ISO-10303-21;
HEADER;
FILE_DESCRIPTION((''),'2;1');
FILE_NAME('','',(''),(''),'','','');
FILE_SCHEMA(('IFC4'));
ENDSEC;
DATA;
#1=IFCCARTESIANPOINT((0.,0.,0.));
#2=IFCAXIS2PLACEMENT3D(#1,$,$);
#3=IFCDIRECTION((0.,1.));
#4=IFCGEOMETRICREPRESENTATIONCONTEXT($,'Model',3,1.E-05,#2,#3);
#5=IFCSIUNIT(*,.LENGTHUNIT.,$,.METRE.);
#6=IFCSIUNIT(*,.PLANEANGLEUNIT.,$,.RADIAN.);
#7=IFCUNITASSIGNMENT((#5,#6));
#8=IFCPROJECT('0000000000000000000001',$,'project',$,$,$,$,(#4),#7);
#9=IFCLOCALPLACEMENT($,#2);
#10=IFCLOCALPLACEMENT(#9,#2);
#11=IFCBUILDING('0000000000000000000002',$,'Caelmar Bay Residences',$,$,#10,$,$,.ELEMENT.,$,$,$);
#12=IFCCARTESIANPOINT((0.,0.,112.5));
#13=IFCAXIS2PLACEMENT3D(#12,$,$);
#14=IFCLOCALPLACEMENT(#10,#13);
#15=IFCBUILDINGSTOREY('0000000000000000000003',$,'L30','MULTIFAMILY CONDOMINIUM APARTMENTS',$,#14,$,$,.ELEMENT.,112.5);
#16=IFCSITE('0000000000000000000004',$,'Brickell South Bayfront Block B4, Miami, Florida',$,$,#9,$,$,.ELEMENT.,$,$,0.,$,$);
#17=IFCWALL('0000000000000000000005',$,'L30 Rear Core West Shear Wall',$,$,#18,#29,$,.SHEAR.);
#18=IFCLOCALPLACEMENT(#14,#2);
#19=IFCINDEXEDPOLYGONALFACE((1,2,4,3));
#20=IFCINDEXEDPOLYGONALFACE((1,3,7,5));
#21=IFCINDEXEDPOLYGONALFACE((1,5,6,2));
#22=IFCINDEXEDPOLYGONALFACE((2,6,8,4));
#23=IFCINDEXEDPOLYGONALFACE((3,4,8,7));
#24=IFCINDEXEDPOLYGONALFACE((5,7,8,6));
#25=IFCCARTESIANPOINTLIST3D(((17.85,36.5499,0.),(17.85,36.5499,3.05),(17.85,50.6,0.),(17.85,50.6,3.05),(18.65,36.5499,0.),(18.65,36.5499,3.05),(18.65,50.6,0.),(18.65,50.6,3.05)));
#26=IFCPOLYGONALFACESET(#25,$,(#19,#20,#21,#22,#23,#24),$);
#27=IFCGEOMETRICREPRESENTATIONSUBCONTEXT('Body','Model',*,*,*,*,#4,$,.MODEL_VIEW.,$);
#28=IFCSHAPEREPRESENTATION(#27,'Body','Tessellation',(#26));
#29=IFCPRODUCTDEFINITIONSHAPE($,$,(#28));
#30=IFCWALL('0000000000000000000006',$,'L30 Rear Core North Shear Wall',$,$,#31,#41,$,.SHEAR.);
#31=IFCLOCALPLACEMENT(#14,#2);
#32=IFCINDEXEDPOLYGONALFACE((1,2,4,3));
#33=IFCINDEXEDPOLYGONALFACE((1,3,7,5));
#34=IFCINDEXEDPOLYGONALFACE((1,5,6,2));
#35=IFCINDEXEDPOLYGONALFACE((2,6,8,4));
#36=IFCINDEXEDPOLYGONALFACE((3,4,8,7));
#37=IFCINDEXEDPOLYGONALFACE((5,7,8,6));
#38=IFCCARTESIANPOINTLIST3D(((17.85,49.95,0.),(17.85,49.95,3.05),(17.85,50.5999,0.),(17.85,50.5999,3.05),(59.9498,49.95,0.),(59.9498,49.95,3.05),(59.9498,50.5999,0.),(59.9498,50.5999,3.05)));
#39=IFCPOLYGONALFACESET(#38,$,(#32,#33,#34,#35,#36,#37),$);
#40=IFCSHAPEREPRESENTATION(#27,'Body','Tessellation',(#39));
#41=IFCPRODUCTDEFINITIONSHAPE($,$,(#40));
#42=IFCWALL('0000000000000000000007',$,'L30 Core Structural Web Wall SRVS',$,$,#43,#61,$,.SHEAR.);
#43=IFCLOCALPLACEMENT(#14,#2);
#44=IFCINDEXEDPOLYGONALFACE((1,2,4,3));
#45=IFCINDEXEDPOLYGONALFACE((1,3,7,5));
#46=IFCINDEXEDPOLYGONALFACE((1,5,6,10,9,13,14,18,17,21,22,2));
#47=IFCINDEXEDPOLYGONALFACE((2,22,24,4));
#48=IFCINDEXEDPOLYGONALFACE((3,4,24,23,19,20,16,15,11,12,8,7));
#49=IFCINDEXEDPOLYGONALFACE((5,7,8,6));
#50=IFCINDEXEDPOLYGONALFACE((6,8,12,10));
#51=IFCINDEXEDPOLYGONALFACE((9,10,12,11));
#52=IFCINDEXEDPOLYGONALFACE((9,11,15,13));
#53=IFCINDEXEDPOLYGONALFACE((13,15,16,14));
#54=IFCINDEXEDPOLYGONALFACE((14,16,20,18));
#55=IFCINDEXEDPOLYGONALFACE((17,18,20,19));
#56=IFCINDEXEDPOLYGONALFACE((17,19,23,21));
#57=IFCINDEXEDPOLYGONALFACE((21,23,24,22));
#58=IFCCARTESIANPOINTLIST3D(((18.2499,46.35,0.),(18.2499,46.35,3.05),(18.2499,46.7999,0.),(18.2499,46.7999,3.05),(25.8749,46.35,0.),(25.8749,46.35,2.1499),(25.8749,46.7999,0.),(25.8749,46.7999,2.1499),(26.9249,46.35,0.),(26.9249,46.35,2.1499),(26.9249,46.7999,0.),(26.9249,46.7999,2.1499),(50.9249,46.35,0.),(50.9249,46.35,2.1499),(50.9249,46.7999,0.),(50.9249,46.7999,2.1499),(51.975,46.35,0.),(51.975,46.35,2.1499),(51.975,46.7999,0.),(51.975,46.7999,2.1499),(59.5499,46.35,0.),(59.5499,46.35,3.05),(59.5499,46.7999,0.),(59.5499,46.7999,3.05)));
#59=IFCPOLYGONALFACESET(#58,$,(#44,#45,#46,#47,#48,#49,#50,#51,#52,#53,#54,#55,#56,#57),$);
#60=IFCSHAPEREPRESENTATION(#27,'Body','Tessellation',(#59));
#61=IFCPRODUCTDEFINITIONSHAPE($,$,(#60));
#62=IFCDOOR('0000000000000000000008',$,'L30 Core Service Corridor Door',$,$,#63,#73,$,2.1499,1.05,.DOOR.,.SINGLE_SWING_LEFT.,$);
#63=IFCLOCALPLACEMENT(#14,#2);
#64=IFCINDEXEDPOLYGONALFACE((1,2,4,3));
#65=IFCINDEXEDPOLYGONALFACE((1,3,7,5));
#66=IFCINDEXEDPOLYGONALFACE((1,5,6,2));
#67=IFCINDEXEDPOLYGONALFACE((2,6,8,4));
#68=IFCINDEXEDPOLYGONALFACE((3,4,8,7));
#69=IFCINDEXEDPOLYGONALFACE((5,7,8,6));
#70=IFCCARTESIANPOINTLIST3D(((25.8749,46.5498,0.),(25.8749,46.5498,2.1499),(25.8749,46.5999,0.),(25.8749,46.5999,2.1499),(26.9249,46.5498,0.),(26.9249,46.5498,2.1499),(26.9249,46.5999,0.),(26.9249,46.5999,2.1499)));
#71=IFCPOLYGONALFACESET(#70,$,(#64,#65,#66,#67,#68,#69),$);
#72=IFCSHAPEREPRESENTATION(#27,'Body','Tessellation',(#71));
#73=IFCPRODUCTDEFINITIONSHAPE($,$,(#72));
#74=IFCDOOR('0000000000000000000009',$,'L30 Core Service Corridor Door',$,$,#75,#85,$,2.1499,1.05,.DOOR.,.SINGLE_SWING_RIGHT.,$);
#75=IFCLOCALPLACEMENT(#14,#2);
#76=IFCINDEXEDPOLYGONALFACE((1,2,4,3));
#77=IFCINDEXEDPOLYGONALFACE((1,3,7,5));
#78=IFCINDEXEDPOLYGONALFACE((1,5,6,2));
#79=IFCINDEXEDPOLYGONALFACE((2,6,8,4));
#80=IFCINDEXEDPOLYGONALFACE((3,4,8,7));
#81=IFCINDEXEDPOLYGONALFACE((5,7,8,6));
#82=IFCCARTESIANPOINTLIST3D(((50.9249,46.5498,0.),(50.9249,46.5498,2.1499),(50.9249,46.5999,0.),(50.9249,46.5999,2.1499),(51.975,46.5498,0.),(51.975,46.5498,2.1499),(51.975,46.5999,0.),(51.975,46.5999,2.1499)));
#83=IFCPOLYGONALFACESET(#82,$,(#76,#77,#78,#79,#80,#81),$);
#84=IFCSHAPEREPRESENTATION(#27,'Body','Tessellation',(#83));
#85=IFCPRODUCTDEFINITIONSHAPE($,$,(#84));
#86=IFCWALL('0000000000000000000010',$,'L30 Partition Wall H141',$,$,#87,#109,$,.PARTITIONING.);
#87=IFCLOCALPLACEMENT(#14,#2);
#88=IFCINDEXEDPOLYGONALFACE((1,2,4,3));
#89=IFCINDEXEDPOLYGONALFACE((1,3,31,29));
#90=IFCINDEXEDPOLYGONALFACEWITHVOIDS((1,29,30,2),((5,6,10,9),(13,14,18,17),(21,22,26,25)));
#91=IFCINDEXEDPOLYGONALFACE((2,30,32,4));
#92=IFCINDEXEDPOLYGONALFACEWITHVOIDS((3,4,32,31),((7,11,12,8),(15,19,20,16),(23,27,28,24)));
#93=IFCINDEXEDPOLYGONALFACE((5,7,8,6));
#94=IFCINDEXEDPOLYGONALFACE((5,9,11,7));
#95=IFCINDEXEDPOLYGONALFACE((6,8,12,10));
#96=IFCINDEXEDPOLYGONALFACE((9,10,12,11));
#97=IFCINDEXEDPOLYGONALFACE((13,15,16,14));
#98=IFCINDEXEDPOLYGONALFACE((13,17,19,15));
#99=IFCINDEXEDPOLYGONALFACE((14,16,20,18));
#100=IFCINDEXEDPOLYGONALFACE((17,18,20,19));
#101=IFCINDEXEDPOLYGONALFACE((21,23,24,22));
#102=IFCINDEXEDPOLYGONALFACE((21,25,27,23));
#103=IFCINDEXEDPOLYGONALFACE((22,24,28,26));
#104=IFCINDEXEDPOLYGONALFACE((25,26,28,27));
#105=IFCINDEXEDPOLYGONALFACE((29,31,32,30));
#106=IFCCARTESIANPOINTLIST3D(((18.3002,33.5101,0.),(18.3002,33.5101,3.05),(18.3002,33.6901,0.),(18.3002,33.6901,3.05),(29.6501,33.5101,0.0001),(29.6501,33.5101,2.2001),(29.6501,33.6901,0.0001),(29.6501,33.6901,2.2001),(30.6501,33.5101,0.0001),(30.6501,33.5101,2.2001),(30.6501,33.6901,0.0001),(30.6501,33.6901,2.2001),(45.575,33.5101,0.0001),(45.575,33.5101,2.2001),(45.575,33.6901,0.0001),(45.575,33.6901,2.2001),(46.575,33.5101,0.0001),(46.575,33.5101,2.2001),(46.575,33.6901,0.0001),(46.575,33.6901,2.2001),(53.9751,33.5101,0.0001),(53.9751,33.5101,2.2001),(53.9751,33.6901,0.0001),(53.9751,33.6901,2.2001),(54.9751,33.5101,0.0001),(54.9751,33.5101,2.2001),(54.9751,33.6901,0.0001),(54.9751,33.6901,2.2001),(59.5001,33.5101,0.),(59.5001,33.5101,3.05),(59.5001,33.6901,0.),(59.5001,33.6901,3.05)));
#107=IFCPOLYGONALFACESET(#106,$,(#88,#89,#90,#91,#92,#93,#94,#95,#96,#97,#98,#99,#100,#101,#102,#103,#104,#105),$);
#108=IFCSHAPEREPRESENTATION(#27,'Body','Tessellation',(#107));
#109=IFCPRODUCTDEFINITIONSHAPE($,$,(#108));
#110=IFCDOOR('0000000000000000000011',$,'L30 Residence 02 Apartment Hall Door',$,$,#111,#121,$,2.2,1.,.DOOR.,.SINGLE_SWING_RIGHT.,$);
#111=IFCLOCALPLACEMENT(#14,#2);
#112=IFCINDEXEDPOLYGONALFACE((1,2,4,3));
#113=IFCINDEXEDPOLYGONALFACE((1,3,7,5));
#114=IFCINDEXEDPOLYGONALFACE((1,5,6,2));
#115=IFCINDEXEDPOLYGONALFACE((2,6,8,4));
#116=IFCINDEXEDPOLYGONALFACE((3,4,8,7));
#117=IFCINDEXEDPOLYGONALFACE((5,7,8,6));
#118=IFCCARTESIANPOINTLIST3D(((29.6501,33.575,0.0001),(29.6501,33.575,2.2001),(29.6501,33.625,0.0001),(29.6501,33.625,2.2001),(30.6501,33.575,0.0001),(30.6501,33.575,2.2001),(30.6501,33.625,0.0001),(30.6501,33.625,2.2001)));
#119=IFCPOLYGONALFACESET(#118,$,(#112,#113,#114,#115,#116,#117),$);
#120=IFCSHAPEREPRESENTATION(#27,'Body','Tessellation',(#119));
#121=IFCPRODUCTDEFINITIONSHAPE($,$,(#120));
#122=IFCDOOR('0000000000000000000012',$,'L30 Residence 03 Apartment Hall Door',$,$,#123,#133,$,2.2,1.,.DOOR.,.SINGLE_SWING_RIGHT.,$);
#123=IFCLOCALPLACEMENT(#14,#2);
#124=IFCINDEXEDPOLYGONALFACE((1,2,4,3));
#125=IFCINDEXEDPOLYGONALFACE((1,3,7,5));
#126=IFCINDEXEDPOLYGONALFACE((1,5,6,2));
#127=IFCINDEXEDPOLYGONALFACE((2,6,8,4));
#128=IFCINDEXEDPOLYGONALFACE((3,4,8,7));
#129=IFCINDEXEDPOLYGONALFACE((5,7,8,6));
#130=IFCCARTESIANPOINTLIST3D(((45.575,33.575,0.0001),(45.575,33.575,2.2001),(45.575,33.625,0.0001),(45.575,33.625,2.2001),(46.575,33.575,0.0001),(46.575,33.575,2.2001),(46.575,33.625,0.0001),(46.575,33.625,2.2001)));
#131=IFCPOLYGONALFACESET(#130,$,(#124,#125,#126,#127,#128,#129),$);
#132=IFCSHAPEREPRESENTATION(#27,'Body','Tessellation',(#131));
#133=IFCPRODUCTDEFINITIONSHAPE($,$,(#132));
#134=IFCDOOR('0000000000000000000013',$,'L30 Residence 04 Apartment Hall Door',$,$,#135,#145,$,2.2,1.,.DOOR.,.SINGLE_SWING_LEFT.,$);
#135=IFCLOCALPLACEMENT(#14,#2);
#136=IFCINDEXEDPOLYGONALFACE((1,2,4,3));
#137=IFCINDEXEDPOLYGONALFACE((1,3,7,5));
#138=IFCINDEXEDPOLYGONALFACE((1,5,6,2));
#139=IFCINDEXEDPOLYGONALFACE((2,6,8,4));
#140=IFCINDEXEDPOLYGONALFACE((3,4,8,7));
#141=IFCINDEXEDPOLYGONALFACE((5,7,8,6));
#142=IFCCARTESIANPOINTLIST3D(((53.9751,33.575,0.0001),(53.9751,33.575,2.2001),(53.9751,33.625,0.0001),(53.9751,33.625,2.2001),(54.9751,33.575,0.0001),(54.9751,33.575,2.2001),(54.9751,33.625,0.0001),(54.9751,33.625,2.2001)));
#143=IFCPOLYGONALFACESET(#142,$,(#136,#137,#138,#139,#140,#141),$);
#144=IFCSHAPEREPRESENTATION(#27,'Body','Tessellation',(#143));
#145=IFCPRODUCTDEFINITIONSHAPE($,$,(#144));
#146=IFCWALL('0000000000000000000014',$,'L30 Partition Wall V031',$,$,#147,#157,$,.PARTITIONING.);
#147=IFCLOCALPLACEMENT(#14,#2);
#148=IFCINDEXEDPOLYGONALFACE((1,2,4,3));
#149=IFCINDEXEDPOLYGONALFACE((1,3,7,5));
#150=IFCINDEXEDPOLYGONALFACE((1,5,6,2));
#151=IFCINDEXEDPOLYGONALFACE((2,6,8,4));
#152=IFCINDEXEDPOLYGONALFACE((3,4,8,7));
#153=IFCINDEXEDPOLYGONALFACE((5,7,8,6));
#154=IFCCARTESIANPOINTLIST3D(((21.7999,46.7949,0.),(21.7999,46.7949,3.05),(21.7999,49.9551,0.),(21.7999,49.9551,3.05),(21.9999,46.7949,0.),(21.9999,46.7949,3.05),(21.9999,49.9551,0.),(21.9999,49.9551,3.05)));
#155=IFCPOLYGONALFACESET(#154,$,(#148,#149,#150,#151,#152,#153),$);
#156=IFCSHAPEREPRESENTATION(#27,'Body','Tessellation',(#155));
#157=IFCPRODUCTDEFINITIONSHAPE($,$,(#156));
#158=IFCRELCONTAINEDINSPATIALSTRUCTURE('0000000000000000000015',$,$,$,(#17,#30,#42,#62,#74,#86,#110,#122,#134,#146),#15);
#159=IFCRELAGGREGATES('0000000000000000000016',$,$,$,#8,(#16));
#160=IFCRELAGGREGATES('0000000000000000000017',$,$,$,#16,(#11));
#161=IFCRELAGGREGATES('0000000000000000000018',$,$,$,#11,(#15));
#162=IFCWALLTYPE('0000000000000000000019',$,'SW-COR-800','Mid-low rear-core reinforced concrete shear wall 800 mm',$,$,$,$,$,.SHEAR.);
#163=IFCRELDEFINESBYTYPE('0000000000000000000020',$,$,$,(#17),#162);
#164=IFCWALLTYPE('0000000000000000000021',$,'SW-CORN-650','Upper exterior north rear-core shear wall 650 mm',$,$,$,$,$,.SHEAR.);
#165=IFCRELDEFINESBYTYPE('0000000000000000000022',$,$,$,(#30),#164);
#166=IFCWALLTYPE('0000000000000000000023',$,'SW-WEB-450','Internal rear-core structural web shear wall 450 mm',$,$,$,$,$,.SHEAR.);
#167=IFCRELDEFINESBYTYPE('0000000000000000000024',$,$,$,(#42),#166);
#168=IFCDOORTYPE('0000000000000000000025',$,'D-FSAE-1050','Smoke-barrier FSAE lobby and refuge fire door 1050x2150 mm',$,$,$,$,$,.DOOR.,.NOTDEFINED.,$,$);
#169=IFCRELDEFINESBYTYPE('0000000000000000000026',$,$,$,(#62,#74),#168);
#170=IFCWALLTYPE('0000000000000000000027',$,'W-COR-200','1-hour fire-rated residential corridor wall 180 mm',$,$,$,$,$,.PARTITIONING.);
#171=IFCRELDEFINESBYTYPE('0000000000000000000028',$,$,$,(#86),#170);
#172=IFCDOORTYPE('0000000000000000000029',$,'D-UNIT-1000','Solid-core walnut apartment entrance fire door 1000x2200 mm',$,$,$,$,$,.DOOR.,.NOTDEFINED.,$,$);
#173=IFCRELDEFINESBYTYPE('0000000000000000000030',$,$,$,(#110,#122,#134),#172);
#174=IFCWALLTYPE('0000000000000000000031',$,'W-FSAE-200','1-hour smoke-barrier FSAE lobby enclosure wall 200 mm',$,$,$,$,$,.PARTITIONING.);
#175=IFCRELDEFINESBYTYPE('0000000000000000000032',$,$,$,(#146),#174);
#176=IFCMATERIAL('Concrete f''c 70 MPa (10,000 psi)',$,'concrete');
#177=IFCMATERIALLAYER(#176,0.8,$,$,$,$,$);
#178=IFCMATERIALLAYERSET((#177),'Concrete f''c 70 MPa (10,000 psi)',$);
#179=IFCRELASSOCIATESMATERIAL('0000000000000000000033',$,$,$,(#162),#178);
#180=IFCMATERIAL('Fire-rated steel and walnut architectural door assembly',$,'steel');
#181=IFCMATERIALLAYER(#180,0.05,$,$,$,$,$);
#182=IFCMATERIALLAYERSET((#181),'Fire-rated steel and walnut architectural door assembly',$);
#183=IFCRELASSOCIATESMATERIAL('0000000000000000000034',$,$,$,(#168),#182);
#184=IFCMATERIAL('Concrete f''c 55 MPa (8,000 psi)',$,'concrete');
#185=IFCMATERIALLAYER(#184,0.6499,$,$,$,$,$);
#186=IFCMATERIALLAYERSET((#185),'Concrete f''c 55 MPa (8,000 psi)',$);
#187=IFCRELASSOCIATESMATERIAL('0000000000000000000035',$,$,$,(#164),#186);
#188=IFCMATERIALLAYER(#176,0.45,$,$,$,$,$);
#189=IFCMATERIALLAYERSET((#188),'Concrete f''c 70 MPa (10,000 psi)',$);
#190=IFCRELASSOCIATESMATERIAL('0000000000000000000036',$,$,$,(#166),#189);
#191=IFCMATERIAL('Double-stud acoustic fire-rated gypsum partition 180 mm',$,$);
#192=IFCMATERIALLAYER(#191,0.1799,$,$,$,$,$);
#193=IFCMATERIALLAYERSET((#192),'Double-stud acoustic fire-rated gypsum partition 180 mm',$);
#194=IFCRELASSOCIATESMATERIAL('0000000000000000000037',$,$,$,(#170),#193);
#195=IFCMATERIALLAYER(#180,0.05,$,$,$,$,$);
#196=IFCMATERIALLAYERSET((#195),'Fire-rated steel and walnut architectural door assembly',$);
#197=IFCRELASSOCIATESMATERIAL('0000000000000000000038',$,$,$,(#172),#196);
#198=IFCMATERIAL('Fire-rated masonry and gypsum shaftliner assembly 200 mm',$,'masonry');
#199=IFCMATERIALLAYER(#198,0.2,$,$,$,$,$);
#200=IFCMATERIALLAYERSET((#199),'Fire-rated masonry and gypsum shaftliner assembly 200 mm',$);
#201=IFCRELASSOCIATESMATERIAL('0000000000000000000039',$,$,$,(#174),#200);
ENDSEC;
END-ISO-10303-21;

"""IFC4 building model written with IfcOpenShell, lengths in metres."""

from ifc_helpers import new_model, si_unit, direction, frame, frame_2d, origin, place, context, subcontext, project, spatial, rectangle, extrude, material, layer, layer_set, type_object, element, fill, save


model = new_model("IFC4")

# Units and contexts
model_context = context("Model", 3, precision=1e-05, world=origin(), true_north=direction((0.0, 1.0)))
body_context = subcontext(model_context, "Body", "Model", "MODEL_VIEW")
ifc_project = project(units=[si_unit("LENGTHUNIT", "METRE"), si_unit("PLANEANGLEUNIT", "RADIAN")], contexts=[model_context])

# Site, building, storey
site_placement = place(None, origin())
site = spatial("IfcSite", under=ifc_project, at=site_placement, Name="Brickell South Bayfront Block B4, Miami, Florida", CompositionType="ELEMENT", RefElevation=0.0)
building_placement = place(site_placement, origin())
building = spatial("IfcBuilding", under=site, at=building_placement, Name="Caelmar Bay Residences", CompositionType="ELEMENT")
storey_placement = place(building_placement, frame((0.0, 0.0, 112.5)))
storey = spatial("IfcBuildingStorey", under=building, at=storey_placement, Name="L30", Description="MULTIFAMILY CONDOMINIUM APARTMENTS", CompositionType="ELEMENT", Elevation=112.5)

# Shared definitions
ifc_material_1 = material(Name="Concrete f'c 55 MPa (8,000 psi)", Category="concrete")
ifc_material_2 = material(Name="Fire-rated steel and walnut architectural door assembly", Category="steel")

# Shared definitions
ifc_material_3 = material(Name="Concrete f'c 70 MPa (10,000 psi)", Category="concrete")
ifc_layer_1 = layer(ifc_material_3, 0.8)
ifc_layer_set_1 = layer_set([ifc_layer_1], Name="Concrete f'c 70 MPa (10,000 psi)")
wall_type_1 = type_object("IfcWallType", Name="SW-COR-800", Description="Mid-low rear-core reinforced concrete shear wall 800 mm", PredefinedType="SHEAR", material=ifc_layer_set_1)
ifc_layer_2 = layer(ifc_material_2, 0.05)
ifc_layer_set_2 = layer_set([ifc_layer_2], Name="Fire-rated steel and walnut architectural door assembly")
door_type_1 = type_object("IfcDoorType", Name="D-FSAE-1050", Description="Smoke-barrier FSAE lobby and refuge fire door 1050x2150 mm", OperationType="NOTDEFINED", PredefinedType="DOOR", material=ifc_layer_set_2)

# Walls
wall_1_placement = place(storey_placement, frame((18.25, 36.55, 0.0), z_axis=(0.0, 0.0, 1.0), x_axis=(0.0, 1.0, 0.0)))
element("IfcWall", 1, at=wall_1_placement, inside=storey, type_object=wall_type_1, Name="L30 Rear Core West Shear Wall", PredefinedType="SHEAR", context=body_context, shape_type="SweptSolid", body=[
    extrude(rectangle(XDim=14.05, YDim=0.8, at=frame_2d((7.0249, 0.0))), origin(), (0.0, 0.0, 1.0), 3.05),
])
ifc_layer_3 = layer(ifc_material_1, 0.6499)
ifc_layer_set_3 = layer_set([ifc_layer_3], Name="Concrete f'c 55 MPa (8,000 psi)")
wall_type_2 = type_object("IfcWallType", Name="SW-CORN-650", Description="Upper exterior north rear-core shear wall 650 mm", PredefinedType="SHEAR", material=ifc_layer_set_3)
wall_2_placement = place(storey_placement, frame((17.8501, 50.2749, 0.0), z_axis=(0.0, 0.0, 1.0), x_axis=(1.0, 0.0, 0.0)))
element("IfcWall", 2, at=wall_2_placement, inside=storey, type_object=wall_type_2, Name="L30 Rear Core North Shear Wall", PredefinedType="SHEAR", context=body_context, shape_type="SweptSolid", body=[
    extrude(rectangle(XDim=42.0999, YDim=0.6499, at=frame_2d((21.0498, 0.0))), origin(), (0.0, 0.0, 1.0), 3.05),
])

# Walls, openings, doors
ifc_layer_4 = layer(ifc_material_3, 0.45)
ifc_layer_set_4 = layer_set([ifc_layer_4], Name="Concrete f'c 70 MPa (10,000 psi)")
wall_type_3 = type_object("IfcWallType", Name="SW-WEB-450", Description="Internal rear-core structural web shear wall 450 mm", PredefinedType="SHEAR", material=ifc_layer_set_4)
wall_3_placement = place(storey_placement, frame((18.25, 46.575, 0.0), z_axis=(0.0, 0.0, 1.0), x_axis=(1.0, 0.0, 0.0)))
wall_3 = element("IfcWall", 3, at=wall_3_placement, inside=storey, type_object=wall_type_3, Name="L30 Core Structural Web Wall SRVS", PredefinedType="SHEAR", context=body_context, shape_type="SweptSolid", body=[
    extrude(rectangle(XDim=41.3, YDim=0.45, at=frame_2d((20.6499, 0.0))), origin(), (0.0, 0.0, 1.0), 3.05),
])
opening_1_placement = place(wall_3_placement, frame((7.625, 0.0, 0.0)))
opening_1 = element("IfcOpeningElement", 4, at=opening_1_placement, cuts=wall_3, PredefinedType="OPENING", context=body_context, shape_type="SweptSolid", body=[
    extrude(rectangle(XDim=1.05, YDim=2.1499, at=frame_2d((0.5249, 1.075))), frame((0.0, 0.2349, 0.0), z_axis=(0.0, -1.0, 0.0), x_axis=(1.0, 0.0, 0.0)), (0.0, 0.0, 1.0), 0.47),
])
opening_2_placement = place(wall_3_placement, frame((32.675, 0.0, 0.0)))
opening_2 = element("IfcOpeningElement", 5, at=opening_2_placement, cuts=wall_3, PredefinedType="OPENING", context=body_context, shape_type="SweptSolid", body=[
    extrude(rectangle(XDim=1.05, YDim=2.1499, at=frame_2d((0.5249, 1.075))), frame((0.0, 0.2349, 0.0), z_axis=(0.0, -1.0, 0.0), x_axis=(1.0, 0.0, 0.0)), (0.0, 0.0, 1.0), 0.47),
])
door_1_placement = place(opening_1_placement, origin())
door_1 = element("IfcDoor", 6, at=door_1_placement, inside=storey, type_object=door_type_1, Name="L30 Core Service Corridor Door", OperationType="SINGLE_SWING_LEFT", OverallHeight=2.1499, OverallWidth=1.05, PredefinedType="DOOR", context=body_context, shape_type="SweptSolid", body=[
    extrude(rectangle(XDim=1.05, YDim=2.1499, at=frame_2d((0.5249, 1.075))), frame((0.0, 0.0249, 0.0), z_axis=(0.0, -1.0, 0.0), x_axis=(1.0, 0.0, 0.0)), (0.0, 0.0, 1.0), 0.05),
])
fill(opening_1, door_1)
door_2_placement = place(opening_2_placement, origin())
door_2 = element("IfcDoor", 7, at=door_2_placement, inside=storey, type_object=door_type_1, Name="L30 Core Service Corridor Door", OperationType="SINGLE_SWING_RIGHT", OverallHeight=2.1499, OverallWidth=1.05, PredefinedType="DOOR", context=body_context, shape_type="SweptSolid", body=[
    extrude(rectangle(XDim=1.05, YDim=2.1499, at=frame_2d((0.5249, 1.075))), frame((0.0, 0.0249, 0.0), z_axis=(0.0, -1.0, 0.0), x_axis=(1.0, 0.0, 0.0)), (0.0, 0.0, 1.0), 0.05),
])
fill(opening_2, door_2)
ifc_material_4 = material(Name="Double-stud acoustic fire-rated gypsum partition 180 mm")
ifc_layer_5 = layer(ifc_material_4, 0.1799)
ifc_layer_set_5 = layer_set([ifc_layer_5], Name="Double-stud acoustic fire-rated gypsum partition 180 mm")
wall_type_4 = type_object("IfcWallType", Name="W-COR-200", Description="1-hour fire-rated residential corridor wall 180 mm", PredefinedType="PARTITIONING", material=ifc_layer_set_5)
wall_4_placement = place(storey_placement, frame((18.3, 33.6001, 0.0), z_axis=(0.0, 0.0, 1.0), x_axis=(1.0, 0.0, 0.0)))
wall_4 = element("IfcWall", 8, at=wall_4_placement, inside=storey, type_object=wall_type_4, Name="L30 Partition Wall H141", PredefinedType="PARTITIONING", context=body_context, shape_type="SweptSolid", body=[
    extrude(rectangle(XDim=41.2, YDim=0.1799, at=frame_2d((20.6001, 0.0))), origin(), (0.0, 0.0, 1.0), 3.05),
])
opening_3_placement = place(wall_4_placement, frame((11.3501, 0.0, 0.0)))
opening_3 = element("IfcOpeningElement", 9, at=opening_3_placement, cuts=wall_4, PredefinedType="OPENING", context=body_context, shape_type="SweptSolid", body=[
    extrude(rectangle(XDim=1.0, YDim=2.2, at=frame_2d((0.5, 1.1001))), frame((0.0, 0.0999, 0.0), z_axis=(0.0, -1.0, 0.0), x_axis=(1.0, 0.0, 0.0)), (0.0, 0.0, 1.0), 0.2),
])
opening_4_placement = place(wall_4_placement, frame((27.2749, 0.0, 0.0)))
opening_4 = element("IfcOpeningElement", 10, at=opening_4_placement, cuts=wall_4, PredefinedType="OPENING", context=body_context, shape_type="SweptSolid", body=[
    extrude(rectangle(XDim=1.0, YDim=2.2, at=frame_2d((0.5, 1.1001))), frame((0.0, 0.0999, 0.0), z_axis=(0.0, -1.0, 0.0), x_axis=(1.0, 0.0, 0.0)), (0.0, 0.0, 1.0), 0.2),
])
opening_5_placement = place(wall_4_placement, frame((35.675, 0.0, 0.0)))
opening_5 = element("IfcOpeningElement", 11, at=opening_5_placement, cuts=wall_4, PredefinedType="OPENING", context=body_context, shape_type="SweptSolid", body=[
    extrude(rectangle(XDim=1.0, YDim=2.2, at=frame_2d((0.5, 1.1001))), frame((0.0, 0.0999, 0.0), z_axis=(0.0, -1.0, 0.0), x_axis=(1.0, 0.0, 0.0)), (0.0, 0.0, 1.0), 0.2),
])
ifc_layer_6 = layer(ifc_material_2, 0.05)
ifc_layer_set_6 = layer_set([ifc_layer_6], Name="Fire-rated steel and walnut architectural door assembly")
door_type_2 = type_object("IfcDoorType", Name="D-UNIT-1000", Description="Solid-core walnut apartment entrance fire door 1000x2200 mm", OperationType="NOTDEFINED", PredefinedType="DOOR", material=ifc_layer_set_6)
door_3_placement = place(opening_3_placement, origin())
door_3 = element("IfcDoor", 12, at=door_3_placement, inside=storey, type_object=door_type_2, Name="L30 Residence 02 Apartment Hall Door", OperationType="SINGLE_SWING_RIGHT", OverallHeight=2.2, OverallWidth=1.0, PredefinedType="DOOR", context=body_context, shape_type="SweptSolid", body=[
    extrude(rectangle(XDim=1.0, YDim=2.2, at=frame_2d((0.5, 1.1001))), frame((0.0, 0.0249, 0.0), z_axis=(0.0, -1.0, 0.0), x_axis=(1.0, 0.0, 0.0)), (0.0, 0.0, 1.0), 0.05),
])
fill(opening_3, door_3)
door_4_placement = place(opening_4_placement, origin())
door_4 = element("IfcDoor", 13, at=door_4_placement, inside=storey, type_object=door_type_2, Name="L30 Residence 03 Apartment Hall Door", OperationType="SINGLE_SWING_RIGHT", OverallHeight=2.2, OverallWidth=1.0, PredefinedType="DOOR", context=body_context, shape_type="SweptSolid", body=[
    extrude(rectangle(XDim=1.0, YDim=2.2, at=frame_2d((0.5, 1.1001))), frame((0.0, 0.0249, 0.0), z_axis=(0.0, -1.0, 0.0), x_axis=(1.0, 0.0, 0.0)), (0.0, 0.0, 1.0), 0.05),
])
fill(opening_4, door_4)
door_5_placement = place(opening_5_placement, origin())
door_5 = element("IfcDoor", 14, at=door_5_placement, inside=storey, type_object=door_type_2, Name="L30 Residence 04 Apartment Hall Door", OperationType="SINGLE_SWING_LEFT", OverallHeight=2.2, OverallWidth=1.0, PredefinedType="DOOR", context=body_context, shape_type="SweptSolid", body=[
    extrude(rectangle(XDim=1.0, YDim=2.2, at=frame_2d((0.5, 1.1001))), frame((0.0, 0.0249, 0.0), z_axis=(0.0, -1.0, 0.0), x_axis=(1.0, 0.0, 0.0)), (0.0, 0.0, 1.0), 0.05),
])
fill(opening_5, door_5)

# Wall
ifc_material_5 = material(Name="Fire-rated masonry and gypsum shaftliner assembly 200 mm", Category="masonry")
ifc_layer_7 = layer(ifc_material_5, 0.2)
ifc_layer_set_7 = layer_set([ifc_layer_7], Name="Fire-rated masonry and gypsum shaftliner assembly 200 mm")
wall_type_5 = type_object("IfcWallType", Name="W-FSAE-200", Description="1-hour smoke-barrier FSAE lobby enclosure wall 200 mm", PredefinedType="PARTITIONING", material=ifc_layer_set_7)
wall_5_placement = place(storey_placement, frame((21.8999, 46.7949, 0.0), z_axis=(0.0, 0.0, 1.0), x_axis=(0.0, 1.0, 0.0)))
element("IfcWall", 15, at=wall_5_placement, inside=storey, type_object=wall_type_5, Name="L30 Partition Wall V031", PredefinedType="PARTITIONING", context=body_context, shape_type="SweptSolid", body=[
    extrude(rectangle(XDim=3.1602, YDim=0.2, at=frame_2d((1.5801, 0.0))), origin(), (0.0, 0.0, 1.0), 3.05),
])

save(model, "model.ifc")
